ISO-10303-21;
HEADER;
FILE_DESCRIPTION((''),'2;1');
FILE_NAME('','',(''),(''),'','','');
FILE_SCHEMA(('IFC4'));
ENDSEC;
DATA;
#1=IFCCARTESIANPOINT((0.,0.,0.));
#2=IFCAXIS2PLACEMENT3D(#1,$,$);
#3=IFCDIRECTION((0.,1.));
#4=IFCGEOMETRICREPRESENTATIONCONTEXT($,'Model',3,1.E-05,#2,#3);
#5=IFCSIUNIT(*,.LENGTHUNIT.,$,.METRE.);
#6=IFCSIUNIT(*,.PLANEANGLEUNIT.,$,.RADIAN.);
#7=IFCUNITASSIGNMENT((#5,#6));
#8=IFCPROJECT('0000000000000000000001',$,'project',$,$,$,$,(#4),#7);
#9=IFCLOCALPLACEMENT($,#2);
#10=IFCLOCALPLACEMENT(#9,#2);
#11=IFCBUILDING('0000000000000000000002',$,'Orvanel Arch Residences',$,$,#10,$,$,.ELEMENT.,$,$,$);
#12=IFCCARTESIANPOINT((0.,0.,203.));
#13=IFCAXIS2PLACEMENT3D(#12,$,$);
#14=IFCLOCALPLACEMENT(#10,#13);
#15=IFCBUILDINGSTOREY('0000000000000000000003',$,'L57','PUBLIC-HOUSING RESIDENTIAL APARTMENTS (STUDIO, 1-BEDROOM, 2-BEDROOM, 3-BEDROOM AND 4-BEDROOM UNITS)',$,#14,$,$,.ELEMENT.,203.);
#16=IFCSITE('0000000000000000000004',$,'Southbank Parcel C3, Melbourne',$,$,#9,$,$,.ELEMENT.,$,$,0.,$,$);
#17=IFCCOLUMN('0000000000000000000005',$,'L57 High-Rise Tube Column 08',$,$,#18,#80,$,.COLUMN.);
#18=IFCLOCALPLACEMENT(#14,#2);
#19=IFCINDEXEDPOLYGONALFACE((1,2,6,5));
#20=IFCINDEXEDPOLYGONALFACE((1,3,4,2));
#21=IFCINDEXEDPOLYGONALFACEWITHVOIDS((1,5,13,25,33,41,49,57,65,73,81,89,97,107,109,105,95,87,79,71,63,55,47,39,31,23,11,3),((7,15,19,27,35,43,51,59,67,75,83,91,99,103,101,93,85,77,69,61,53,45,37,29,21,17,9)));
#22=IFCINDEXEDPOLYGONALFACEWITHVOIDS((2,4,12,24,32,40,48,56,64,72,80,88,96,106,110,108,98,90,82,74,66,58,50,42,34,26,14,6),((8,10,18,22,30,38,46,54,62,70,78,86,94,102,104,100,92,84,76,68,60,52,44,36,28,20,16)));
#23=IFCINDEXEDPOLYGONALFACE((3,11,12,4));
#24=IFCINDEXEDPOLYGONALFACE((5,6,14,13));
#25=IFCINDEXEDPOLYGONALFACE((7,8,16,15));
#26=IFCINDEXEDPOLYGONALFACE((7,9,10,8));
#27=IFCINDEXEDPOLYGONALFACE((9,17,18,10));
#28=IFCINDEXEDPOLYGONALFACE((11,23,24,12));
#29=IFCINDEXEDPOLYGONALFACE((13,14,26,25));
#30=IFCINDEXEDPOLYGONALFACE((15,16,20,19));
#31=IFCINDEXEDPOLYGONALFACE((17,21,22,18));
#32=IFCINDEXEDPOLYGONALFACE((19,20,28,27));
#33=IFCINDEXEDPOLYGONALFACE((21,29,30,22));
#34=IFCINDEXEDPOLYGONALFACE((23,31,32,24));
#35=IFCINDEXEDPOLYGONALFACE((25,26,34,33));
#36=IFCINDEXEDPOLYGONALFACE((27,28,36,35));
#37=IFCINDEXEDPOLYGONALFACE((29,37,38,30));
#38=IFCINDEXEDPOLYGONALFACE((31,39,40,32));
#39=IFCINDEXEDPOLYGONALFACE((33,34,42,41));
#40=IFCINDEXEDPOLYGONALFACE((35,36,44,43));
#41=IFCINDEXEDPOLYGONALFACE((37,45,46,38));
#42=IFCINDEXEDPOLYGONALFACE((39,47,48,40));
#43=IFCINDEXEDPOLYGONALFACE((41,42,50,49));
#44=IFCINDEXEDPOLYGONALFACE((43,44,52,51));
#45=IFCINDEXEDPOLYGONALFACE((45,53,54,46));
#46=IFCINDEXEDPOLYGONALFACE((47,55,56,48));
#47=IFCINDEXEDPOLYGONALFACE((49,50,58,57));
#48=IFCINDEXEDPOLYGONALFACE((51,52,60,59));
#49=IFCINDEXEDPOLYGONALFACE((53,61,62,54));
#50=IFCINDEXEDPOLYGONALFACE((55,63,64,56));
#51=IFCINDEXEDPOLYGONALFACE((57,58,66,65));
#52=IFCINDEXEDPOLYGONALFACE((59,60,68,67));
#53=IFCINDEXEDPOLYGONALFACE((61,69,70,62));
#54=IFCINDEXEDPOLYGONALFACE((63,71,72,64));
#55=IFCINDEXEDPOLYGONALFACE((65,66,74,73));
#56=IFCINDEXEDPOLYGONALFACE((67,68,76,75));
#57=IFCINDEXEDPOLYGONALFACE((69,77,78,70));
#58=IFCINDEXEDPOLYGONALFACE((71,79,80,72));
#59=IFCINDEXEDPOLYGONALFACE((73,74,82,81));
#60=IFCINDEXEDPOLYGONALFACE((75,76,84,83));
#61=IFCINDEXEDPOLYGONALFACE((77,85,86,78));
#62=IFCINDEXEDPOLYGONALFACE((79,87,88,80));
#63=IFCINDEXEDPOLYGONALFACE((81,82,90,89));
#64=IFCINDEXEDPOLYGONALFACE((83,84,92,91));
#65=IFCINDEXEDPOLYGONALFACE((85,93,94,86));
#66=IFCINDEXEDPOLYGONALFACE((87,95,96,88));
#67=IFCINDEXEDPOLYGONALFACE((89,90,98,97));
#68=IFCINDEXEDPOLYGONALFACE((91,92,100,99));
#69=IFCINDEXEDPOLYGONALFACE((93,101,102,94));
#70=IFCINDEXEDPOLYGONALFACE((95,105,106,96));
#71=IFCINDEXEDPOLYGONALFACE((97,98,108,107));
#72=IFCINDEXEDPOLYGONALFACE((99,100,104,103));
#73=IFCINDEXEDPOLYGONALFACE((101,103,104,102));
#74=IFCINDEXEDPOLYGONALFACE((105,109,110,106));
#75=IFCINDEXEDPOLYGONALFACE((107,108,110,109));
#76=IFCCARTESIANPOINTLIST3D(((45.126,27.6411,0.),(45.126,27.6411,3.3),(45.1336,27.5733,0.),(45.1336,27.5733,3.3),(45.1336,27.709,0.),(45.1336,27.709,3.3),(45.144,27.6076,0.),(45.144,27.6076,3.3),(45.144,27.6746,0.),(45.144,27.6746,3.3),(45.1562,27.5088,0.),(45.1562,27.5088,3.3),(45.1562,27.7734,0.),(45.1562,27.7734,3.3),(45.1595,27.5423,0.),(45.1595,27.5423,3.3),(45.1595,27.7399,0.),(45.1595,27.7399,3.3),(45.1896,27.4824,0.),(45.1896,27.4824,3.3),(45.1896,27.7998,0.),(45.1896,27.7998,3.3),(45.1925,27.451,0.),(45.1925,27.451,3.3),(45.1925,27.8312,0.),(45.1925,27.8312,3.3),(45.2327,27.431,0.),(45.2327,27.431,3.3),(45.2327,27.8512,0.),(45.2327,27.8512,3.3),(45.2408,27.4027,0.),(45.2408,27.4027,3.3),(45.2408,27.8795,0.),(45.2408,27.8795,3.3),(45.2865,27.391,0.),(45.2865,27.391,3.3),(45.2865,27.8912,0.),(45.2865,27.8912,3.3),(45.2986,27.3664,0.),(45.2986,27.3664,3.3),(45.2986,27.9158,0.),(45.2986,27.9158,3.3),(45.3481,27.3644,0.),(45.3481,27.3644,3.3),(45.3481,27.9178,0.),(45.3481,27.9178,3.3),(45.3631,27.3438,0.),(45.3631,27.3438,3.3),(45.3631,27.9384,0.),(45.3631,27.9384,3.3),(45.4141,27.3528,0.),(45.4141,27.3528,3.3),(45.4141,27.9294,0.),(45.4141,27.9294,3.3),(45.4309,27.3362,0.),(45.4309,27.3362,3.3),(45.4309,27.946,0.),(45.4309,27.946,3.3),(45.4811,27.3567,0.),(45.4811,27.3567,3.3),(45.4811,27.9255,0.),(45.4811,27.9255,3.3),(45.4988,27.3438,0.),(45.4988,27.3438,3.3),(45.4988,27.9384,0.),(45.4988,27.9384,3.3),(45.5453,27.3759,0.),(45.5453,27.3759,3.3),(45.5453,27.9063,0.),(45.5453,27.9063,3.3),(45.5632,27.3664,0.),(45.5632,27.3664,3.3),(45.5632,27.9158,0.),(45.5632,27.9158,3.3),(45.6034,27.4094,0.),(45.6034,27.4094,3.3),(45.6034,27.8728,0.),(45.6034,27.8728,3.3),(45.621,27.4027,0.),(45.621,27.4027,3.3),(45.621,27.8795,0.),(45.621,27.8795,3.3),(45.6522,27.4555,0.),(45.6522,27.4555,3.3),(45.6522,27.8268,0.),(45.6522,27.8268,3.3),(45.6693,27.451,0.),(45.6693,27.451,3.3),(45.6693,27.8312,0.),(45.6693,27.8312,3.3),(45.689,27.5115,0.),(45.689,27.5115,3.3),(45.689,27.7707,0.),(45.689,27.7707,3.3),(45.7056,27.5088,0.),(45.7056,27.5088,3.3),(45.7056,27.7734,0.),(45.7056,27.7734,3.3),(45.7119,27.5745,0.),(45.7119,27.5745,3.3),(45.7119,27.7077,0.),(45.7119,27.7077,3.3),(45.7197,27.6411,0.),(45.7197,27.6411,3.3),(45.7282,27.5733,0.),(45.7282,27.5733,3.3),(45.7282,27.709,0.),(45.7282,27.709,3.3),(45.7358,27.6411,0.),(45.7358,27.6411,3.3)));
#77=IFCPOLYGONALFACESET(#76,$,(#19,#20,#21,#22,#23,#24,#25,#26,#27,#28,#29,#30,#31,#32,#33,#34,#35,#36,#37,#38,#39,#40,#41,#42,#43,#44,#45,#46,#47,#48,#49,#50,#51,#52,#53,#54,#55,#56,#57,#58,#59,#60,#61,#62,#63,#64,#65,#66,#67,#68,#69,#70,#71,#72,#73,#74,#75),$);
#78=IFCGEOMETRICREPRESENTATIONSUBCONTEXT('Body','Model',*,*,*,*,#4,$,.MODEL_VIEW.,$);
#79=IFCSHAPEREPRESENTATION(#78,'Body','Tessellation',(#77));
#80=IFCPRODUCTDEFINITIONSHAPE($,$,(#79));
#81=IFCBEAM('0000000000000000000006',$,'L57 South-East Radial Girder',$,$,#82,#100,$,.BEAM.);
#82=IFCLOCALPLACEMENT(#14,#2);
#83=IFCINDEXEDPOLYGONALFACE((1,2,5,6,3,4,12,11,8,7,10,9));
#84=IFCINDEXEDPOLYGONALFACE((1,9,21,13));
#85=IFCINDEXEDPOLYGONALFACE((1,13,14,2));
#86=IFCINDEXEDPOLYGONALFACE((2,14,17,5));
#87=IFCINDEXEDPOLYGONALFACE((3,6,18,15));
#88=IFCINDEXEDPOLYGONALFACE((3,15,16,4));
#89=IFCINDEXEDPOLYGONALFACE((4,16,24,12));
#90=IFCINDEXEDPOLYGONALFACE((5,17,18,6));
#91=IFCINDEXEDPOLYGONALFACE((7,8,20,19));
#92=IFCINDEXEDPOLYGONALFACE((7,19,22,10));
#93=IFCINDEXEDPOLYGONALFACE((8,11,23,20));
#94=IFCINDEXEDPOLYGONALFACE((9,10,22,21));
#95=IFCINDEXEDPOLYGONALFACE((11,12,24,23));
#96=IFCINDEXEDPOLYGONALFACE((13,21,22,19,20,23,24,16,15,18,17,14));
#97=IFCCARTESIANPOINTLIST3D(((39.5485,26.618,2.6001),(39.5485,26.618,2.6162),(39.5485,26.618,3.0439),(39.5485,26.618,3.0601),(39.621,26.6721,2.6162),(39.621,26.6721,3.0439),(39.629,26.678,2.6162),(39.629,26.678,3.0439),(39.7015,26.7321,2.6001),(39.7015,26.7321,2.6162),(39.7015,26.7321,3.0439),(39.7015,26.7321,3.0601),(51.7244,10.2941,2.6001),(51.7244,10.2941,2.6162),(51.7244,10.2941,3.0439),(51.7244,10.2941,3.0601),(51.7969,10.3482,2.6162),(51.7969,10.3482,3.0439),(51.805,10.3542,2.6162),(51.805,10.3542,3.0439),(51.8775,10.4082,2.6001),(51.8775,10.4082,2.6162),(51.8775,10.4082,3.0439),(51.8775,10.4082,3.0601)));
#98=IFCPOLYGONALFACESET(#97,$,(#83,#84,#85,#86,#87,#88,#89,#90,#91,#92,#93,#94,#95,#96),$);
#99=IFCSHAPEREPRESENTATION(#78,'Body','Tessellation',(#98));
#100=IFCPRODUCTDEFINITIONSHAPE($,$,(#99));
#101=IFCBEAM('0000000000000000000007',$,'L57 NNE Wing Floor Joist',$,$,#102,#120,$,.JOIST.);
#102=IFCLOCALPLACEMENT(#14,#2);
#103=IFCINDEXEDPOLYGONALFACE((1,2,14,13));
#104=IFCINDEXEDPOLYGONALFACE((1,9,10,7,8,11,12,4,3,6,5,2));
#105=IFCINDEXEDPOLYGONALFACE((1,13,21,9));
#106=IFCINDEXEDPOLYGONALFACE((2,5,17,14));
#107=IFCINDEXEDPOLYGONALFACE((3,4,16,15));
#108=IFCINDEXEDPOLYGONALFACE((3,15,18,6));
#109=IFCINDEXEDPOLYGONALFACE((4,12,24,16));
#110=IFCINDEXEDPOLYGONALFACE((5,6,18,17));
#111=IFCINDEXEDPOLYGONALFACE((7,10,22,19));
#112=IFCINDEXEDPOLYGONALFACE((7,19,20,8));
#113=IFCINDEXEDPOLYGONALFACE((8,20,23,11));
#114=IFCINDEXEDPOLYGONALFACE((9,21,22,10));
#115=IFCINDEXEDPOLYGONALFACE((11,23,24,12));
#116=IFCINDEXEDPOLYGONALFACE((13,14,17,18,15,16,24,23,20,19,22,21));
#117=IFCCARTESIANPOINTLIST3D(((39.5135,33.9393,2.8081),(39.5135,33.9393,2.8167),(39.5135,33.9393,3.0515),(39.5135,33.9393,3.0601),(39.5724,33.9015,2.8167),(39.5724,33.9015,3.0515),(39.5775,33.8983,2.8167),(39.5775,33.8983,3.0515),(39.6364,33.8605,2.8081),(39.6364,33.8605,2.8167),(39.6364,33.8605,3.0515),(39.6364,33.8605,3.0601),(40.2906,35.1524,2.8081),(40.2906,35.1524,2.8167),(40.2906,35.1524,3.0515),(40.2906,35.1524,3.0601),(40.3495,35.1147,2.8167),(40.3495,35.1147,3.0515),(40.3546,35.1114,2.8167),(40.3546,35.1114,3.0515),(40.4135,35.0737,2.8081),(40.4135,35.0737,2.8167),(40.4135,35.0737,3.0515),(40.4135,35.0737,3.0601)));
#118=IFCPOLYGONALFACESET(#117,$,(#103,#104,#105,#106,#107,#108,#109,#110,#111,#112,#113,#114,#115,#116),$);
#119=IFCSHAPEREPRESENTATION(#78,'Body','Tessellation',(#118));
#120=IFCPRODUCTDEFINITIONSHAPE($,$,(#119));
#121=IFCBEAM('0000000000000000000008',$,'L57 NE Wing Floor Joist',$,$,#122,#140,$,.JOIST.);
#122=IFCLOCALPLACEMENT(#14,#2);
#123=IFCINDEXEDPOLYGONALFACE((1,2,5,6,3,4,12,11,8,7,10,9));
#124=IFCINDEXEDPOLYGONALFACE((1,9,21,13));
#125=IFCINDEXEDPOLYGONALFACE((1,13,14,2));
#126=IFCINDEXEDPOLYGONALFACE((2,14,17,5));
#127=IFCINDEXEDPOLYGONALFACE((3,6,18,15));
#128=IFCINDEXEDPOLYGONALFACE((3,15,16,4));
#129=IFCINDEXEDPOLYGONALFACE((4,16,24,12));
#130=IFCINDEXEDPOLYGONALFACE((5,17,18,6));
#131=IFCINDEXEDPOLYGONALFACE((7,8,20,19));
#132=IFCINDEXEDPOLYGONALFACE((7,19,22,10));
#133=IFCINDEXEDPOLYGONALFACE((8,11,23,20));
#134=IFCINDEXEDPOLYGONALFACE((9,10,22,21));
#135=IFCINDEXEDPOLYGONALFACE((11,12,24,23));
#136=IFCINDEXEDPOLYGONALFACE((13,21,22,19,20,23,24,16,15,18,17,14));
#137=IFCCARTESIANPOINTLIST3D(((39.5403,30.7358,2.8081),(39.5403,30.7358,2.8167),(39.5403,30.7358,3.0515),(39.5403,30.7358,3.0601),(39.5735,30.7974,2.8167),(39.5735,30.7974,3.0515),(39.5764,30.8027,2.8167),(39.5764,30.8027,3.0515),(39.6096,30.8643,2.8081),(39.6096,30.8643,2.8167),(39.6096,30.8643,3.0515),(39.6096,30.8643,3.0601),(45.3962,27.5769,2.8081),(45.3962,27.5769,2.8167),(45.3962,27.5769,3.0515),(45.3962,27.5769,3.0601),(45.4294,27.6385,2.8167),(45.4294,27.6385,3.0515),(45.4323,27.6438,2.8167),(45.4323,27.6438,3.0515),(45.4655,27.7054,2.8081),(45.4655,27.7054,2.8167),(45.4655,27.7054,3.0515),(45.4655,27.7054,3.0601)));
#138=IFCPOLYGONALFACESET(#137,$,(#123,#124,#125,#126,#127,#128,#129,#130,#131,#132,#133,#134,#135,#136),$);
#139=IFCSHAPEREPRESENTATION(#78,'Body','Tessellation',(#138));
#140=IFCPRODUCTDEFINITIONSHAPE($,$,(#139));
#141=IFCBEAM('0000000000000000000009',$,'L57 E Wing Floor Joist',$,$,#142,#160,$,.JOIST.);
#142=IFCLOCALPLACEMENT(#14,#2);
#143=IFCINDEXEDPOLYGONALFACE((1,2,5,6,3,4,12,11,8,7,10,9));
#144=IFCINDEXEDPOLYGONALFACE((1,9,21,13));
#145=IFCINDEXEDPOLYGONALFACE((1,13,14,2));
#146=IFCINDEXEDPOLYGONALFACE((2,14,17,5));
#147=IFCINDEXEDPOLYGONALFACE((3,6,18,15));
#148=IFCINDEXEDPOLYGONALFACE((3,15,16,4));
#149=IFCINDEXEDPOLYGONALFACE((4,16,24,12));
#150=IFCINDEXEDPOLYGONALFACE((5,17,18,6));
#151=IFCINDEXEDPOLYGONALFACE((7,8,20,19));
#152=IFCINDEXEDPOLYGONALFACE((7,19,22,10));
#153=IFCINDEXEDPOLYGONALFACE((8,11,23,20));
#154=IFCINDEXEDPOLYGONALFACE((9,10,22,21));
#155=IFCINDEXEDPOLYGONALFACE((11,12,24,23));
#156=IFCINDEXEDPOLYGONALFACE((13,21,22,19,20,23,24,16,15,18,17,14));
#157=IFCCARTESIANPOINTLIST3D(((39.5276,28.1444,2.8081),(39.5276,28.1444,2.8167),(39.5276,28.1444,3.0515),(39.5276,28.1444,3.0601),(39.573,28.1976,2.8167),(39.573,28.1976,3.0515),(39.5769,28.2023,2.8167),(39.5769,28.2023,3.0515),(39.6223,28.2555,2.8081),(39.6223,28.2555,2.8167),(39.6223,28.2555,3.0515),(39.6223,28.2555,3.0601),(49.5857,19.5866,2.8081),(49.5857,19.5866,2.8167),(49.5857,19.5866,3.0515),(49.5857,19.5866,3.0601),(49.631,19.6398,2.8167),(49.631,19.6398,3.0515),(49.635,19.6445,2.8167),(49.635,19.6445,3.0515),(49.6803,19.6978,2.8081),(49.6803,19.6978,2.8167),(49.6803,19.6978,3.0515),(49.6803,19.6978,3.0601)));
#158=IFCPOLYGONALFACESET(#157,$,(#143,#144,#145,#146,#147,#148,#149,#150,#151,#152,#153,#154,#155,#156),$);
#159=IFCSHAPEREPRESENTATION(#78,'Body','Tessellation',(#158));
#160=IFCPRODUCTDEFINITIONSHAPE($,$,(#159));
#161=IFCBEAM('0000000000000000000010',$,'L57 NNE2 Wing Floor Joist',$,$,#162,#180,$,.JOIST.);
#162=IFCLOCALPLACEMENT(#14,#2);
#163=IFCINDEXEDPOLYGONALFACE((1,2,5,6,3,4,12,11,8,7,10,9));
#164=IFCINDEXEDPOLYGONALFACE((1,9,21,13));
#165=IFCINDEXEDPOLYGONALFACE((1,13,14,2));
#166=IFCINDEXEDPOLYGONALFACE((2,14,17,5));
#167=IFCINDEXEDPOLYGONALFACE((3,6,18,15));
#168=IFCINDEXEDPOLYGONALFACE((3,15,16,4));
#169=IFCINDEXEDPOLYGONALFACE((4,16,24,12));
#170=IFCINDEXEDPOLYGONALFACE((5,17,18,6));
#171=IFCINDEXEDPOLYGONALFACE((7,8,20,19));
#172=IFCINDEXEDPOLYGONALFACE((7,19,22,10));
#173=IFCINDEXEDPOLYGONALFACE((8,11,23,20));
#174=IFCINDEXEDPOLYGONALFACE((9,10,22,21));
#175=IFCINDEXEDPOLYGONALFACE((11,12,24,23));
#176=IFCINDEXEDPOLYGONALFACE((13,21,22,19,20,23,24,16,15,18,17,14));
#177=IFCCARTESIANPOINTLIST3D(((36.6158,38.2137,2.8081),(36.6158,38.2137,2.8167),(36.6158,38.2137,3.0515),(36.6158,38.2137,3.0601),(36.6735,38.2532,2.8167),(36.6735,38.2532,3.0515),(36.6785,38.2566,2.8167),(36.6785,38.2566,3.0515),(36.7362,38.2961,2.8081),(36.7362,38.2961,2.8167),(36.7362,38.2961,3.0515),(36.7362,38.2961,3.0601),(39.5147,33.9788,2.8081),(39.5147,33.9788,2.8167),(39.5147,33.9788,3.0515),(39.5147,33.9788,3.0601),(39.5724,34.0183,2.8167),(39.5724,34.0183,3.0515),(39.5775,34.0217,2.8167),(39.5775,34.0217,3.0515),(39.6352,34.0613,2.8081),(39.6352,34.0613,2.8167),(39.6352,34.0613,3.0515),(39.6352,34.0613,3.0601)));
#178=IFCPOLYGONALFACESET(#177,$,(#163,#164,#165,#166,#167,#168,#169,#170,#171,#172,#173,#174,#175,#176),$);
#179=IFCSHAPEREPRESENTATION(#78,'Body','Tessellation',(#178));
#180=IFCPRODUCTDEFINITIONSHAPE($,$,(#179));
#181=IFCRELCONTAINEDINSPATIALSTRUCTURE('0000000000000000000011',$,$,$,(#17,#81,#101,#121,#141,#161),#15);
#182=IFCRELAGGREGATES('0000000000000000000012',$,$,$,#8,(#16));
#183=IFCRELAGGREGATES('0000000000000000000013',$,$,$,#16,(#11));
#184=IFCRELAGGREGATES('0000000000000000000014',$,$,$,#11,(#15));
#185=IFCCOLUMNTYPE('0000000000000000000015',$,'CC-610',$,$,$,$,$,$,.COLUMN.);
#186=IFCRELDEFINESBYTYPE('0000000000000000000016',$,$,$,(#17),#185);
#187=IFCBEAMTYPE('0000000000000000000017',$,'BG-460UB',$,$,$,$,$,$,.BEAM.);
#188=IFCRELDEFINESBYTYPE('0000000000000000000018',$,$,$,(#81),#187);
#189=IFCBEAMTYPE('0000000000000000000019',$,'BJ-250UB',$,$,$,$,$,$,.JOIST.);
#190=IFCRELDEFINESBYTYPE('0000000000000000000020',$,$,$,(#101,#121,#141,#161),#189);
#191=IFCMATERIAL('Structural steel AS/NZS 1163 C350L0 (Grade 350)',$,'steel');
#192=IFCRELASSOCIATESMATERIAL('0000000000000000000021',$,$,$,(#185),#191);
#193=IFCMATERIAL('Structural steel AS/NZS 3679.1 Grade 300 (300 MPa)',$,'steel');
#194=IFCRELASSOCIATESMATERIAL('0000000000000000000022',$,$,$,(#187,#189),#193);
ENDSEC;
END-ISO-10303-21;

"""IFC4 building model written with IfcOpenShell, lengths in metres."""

from ifc_helpers import new_model, si_unit, direction, frame, origin, origin_2d, place, context, subcontext, project, spatial, hollow_circle, i_section, extrude, material, material_profile, profile_set, type_object, element, save


model = new_model("IFC4")

# Units and contexts
model_context = context("Model", 3, precision=1e-05, world=origin(), true_north=direction((0.0, 1.0)))
body_context = subcontext(model_context, "Body", "Model", "MODEL_VIEW")
ifc_project = project(units=[si_unit("LENGTHUNIT", "METRE"), si_unit("PLANEANGLEUNIT", "RADIAN")], contexts=[model_context])

# Site, building, storey
site_placement = place(None, origin())
site = spatial("IfcSite", under=ifc_project, at=site_placement, Name="Southbank Parcel C3, Melbourne", CompositionType="ELEMENT", RefElevation=0.0)
building_placement = place(site_placement, origin())
building = spatial("IfcBuilding", under=site, at=building_placement, Name="Orvanel Arch Residences", CompositionType="ELEMENT")
storey_placement = place(building_placement, frame((0.0, 0.0, 203.0)))
storey = spatial("IfcBuildingStorey", under=building, at=storey_placement, Name="L57", Description="PUBLIC-HOUSING RESIDENTIAL APARTMENTS (STUDIO, 1-BEDROOM, 2-BEDROOM, 3-BEDROOM AND 4-BEDROOM UNITS)", CompositionType="ELEMENT", Elevation=203.0)

# Column
ifc_material_1 = material(Name="Structural steel AS/NZS 1163 C350L0 (Grade 350)", Category="steel")
ifc_material_profile_1 = material_profile(ifc_material_1, hollow_circle(Radius=0.3049, WallThickness=0.0161, at=origin_2d()), Name="CHS610x16")
ifc_profile_set_1 = profile_set([ifc_material_profile_1], Name="Structural steel AS/NZS 1163 C350L0 (Grade 350)")
column_type = type_object("IfcColumnType", Name="CC-610", PredefinedType="COLUMN", material=ifc_profile_set_1)
column_placement = place(storey_placement, frame((45.4309, 27.6411, 0.0), z_axis=(0.0, 0.0, 1.0), x_axis=(1.0, 0.0, 0.0)))
element("IfcColumn", 1, at=column_placement, inside=storey, type_object=column_type, Name="L57 High-Rise Tube Column 08", PredefinedType="COLUMN", context=body_context, shape_type="SweptSolid", body=[
    extrude(hollow_circle(Radius=0.3049, WallThickness=0.0161, at=origin_2d()), origin(), (0.0, 0.0, 1.0), 3.3),
])

# Beams
ifc_material_2 = material(Name="Structural steel AS/NZS 3679.1 Grade 300 (300 MPa)", Category="steel")
ifc_material_profile_2 = material_profile(ifc_material_2, i_section(OverallWidth=0.1909, OverallDepth=0.46, WebThickness=0.01, FlangeThickness=0.0161, at=origin_2d()), Name="460UB82.1")
ifc_profile_set_2 = profile_set([ifc_material_profile_2], Name="Structural steel AS/NZS 3679.1 Grade 300 (300 MPa)")
beam_type_1 = type_object("IfcBeamType", Name="BG-460UB", PredefinedType="BEAM", material=ifc_profile_set_2)
beam_1_placement = place(storey_placement, frame((39.625, 26.675, 2.8301), z_axis=(0.597894, -0.801575, 0.0), x_axis=(0.801575, 0.597894, 0.0)))
element("IfcBeam", 2, at=beam_1_placement, inside=storey, type_object=beam_type_1, Name="L57 South-East Radial Girder", PredefinedType="BEAM", context=body_context, shape_type="SweptSolid", body=[
    extrude(i_section(OverallWidth=0.1909, OverallDepth=0.46, WebThickness=0.01, FlangeThickness=0.0161, at=origin_2d()), origin(), (0.0, 0.0, 1.0), 20.3647),
])
ifc_material_profile_3 = material_profile(ifc_material_2, i_section(OverallWidth=0.146, OverallDepth=0.252, WebThickness=0.0061, FlangeThickness=0.0085, at=origin_2d()), Name="250UB31.4")
ifc_profile_set_3 = profile_set([ifc_material_profile_3], Name="Structural steel AS/NZS 3679.1 Grade 300 (300 MPa)")
beam_type_2 = type_object("IfcBeamType", Name="BJ-250UB", PredefinedType="JOIST", material=ifc_profile_set_3)
beam_2_placement = place(storey_placement, frame((39.575, 33.8999, 2.9341), z_axis=(0.539395, 0.842053, 0.0), x_axis=(-0.842053, 0.539395, 0.0)))
element("IfcBeam", 3, at=beam_2_placement, inside=storey, type_object=beam_type_2, Name="L57 NNE Wing Floor Joist", PredefinedType="JOIST", context=body_context, shape_type="SweptSolid", body=[
    extrude(i_section(OverallWidth=0.146, OverallDepth=0.252, WebThickness=0.0061, FlangeThickness=0.0085, at=origin_2d()), origin(), (0.0, 0.0, 1.0), 1.4407),
])
beam_3_placement = place(storey_placement, frame((39.575, 30.8, 2.9341), z_axis=(0.880111, -0.474767, 0.0), x_axis=(0.474767, 0.880111, 0.0)))
element("IfcBeam", 4, at=beam_3_placement, inside=storey, type_object=beam_type_2, Name="L57 NE Wing Floor Joist", PredefinedType="JOIST", context=body_context, shape_type="SweptSolid", body=[
    extrude(i_section(OverallWidth=0.146, OverallDepth=0.252, WebThickness=0.0061, FlangeThickness=0.0085, at=origin_2d()), origin(), (0.0, 0.0, 1.0), 6.6536),
])
beam_4_placement = place(storey_placement, frame((39.575, 28.2, 2.9341), z_axis=(0.761623, -0.648021, 0.0), x_axis=(0.648021, 0.761623, 0.0)))
element("IfcBeam", 5, at=beam_4_placement, inside=storey, type_object=beam_type_2, Name="L57 E Wing Floor Joist", PredefinedType="JOIST", context=body_context, shape_type="SweptSolid", body=[
    extrude(i_section(OverallWidth=0.146, OverallDepth=0.252, WebThickness=0.0061, FlangeThickness=0.0085, at=origin_2d()), origin(), (0.0, 0.0, 1.0), 13.2061),
])
beam_5_placement = place(storey_placement, frame((39.575, 34.02, 2.9341), z_axis=(-0.564868, 0.825181, 0.0), x_axis=(-0.825181, -0.564868, 0.0)))
element("IfcBeam", 6, at=beam_5_placement, inside=storey, type_object=beam_type_2, Name="L57 NNE2 Wing Floor Joist", PredefinedType="JOIST", context=body_context, shape_type="SweptSolid", body=[
    extrude(i_section(OverallWidth=0.146, OverallDepth=0.252, WebThickness=0.0061, FlangeThickness=0.0085, at=origin_2d()), origin(), (0.0, 0.0, 1.0), 5.1321),
])

save(model, "model.ifc")
